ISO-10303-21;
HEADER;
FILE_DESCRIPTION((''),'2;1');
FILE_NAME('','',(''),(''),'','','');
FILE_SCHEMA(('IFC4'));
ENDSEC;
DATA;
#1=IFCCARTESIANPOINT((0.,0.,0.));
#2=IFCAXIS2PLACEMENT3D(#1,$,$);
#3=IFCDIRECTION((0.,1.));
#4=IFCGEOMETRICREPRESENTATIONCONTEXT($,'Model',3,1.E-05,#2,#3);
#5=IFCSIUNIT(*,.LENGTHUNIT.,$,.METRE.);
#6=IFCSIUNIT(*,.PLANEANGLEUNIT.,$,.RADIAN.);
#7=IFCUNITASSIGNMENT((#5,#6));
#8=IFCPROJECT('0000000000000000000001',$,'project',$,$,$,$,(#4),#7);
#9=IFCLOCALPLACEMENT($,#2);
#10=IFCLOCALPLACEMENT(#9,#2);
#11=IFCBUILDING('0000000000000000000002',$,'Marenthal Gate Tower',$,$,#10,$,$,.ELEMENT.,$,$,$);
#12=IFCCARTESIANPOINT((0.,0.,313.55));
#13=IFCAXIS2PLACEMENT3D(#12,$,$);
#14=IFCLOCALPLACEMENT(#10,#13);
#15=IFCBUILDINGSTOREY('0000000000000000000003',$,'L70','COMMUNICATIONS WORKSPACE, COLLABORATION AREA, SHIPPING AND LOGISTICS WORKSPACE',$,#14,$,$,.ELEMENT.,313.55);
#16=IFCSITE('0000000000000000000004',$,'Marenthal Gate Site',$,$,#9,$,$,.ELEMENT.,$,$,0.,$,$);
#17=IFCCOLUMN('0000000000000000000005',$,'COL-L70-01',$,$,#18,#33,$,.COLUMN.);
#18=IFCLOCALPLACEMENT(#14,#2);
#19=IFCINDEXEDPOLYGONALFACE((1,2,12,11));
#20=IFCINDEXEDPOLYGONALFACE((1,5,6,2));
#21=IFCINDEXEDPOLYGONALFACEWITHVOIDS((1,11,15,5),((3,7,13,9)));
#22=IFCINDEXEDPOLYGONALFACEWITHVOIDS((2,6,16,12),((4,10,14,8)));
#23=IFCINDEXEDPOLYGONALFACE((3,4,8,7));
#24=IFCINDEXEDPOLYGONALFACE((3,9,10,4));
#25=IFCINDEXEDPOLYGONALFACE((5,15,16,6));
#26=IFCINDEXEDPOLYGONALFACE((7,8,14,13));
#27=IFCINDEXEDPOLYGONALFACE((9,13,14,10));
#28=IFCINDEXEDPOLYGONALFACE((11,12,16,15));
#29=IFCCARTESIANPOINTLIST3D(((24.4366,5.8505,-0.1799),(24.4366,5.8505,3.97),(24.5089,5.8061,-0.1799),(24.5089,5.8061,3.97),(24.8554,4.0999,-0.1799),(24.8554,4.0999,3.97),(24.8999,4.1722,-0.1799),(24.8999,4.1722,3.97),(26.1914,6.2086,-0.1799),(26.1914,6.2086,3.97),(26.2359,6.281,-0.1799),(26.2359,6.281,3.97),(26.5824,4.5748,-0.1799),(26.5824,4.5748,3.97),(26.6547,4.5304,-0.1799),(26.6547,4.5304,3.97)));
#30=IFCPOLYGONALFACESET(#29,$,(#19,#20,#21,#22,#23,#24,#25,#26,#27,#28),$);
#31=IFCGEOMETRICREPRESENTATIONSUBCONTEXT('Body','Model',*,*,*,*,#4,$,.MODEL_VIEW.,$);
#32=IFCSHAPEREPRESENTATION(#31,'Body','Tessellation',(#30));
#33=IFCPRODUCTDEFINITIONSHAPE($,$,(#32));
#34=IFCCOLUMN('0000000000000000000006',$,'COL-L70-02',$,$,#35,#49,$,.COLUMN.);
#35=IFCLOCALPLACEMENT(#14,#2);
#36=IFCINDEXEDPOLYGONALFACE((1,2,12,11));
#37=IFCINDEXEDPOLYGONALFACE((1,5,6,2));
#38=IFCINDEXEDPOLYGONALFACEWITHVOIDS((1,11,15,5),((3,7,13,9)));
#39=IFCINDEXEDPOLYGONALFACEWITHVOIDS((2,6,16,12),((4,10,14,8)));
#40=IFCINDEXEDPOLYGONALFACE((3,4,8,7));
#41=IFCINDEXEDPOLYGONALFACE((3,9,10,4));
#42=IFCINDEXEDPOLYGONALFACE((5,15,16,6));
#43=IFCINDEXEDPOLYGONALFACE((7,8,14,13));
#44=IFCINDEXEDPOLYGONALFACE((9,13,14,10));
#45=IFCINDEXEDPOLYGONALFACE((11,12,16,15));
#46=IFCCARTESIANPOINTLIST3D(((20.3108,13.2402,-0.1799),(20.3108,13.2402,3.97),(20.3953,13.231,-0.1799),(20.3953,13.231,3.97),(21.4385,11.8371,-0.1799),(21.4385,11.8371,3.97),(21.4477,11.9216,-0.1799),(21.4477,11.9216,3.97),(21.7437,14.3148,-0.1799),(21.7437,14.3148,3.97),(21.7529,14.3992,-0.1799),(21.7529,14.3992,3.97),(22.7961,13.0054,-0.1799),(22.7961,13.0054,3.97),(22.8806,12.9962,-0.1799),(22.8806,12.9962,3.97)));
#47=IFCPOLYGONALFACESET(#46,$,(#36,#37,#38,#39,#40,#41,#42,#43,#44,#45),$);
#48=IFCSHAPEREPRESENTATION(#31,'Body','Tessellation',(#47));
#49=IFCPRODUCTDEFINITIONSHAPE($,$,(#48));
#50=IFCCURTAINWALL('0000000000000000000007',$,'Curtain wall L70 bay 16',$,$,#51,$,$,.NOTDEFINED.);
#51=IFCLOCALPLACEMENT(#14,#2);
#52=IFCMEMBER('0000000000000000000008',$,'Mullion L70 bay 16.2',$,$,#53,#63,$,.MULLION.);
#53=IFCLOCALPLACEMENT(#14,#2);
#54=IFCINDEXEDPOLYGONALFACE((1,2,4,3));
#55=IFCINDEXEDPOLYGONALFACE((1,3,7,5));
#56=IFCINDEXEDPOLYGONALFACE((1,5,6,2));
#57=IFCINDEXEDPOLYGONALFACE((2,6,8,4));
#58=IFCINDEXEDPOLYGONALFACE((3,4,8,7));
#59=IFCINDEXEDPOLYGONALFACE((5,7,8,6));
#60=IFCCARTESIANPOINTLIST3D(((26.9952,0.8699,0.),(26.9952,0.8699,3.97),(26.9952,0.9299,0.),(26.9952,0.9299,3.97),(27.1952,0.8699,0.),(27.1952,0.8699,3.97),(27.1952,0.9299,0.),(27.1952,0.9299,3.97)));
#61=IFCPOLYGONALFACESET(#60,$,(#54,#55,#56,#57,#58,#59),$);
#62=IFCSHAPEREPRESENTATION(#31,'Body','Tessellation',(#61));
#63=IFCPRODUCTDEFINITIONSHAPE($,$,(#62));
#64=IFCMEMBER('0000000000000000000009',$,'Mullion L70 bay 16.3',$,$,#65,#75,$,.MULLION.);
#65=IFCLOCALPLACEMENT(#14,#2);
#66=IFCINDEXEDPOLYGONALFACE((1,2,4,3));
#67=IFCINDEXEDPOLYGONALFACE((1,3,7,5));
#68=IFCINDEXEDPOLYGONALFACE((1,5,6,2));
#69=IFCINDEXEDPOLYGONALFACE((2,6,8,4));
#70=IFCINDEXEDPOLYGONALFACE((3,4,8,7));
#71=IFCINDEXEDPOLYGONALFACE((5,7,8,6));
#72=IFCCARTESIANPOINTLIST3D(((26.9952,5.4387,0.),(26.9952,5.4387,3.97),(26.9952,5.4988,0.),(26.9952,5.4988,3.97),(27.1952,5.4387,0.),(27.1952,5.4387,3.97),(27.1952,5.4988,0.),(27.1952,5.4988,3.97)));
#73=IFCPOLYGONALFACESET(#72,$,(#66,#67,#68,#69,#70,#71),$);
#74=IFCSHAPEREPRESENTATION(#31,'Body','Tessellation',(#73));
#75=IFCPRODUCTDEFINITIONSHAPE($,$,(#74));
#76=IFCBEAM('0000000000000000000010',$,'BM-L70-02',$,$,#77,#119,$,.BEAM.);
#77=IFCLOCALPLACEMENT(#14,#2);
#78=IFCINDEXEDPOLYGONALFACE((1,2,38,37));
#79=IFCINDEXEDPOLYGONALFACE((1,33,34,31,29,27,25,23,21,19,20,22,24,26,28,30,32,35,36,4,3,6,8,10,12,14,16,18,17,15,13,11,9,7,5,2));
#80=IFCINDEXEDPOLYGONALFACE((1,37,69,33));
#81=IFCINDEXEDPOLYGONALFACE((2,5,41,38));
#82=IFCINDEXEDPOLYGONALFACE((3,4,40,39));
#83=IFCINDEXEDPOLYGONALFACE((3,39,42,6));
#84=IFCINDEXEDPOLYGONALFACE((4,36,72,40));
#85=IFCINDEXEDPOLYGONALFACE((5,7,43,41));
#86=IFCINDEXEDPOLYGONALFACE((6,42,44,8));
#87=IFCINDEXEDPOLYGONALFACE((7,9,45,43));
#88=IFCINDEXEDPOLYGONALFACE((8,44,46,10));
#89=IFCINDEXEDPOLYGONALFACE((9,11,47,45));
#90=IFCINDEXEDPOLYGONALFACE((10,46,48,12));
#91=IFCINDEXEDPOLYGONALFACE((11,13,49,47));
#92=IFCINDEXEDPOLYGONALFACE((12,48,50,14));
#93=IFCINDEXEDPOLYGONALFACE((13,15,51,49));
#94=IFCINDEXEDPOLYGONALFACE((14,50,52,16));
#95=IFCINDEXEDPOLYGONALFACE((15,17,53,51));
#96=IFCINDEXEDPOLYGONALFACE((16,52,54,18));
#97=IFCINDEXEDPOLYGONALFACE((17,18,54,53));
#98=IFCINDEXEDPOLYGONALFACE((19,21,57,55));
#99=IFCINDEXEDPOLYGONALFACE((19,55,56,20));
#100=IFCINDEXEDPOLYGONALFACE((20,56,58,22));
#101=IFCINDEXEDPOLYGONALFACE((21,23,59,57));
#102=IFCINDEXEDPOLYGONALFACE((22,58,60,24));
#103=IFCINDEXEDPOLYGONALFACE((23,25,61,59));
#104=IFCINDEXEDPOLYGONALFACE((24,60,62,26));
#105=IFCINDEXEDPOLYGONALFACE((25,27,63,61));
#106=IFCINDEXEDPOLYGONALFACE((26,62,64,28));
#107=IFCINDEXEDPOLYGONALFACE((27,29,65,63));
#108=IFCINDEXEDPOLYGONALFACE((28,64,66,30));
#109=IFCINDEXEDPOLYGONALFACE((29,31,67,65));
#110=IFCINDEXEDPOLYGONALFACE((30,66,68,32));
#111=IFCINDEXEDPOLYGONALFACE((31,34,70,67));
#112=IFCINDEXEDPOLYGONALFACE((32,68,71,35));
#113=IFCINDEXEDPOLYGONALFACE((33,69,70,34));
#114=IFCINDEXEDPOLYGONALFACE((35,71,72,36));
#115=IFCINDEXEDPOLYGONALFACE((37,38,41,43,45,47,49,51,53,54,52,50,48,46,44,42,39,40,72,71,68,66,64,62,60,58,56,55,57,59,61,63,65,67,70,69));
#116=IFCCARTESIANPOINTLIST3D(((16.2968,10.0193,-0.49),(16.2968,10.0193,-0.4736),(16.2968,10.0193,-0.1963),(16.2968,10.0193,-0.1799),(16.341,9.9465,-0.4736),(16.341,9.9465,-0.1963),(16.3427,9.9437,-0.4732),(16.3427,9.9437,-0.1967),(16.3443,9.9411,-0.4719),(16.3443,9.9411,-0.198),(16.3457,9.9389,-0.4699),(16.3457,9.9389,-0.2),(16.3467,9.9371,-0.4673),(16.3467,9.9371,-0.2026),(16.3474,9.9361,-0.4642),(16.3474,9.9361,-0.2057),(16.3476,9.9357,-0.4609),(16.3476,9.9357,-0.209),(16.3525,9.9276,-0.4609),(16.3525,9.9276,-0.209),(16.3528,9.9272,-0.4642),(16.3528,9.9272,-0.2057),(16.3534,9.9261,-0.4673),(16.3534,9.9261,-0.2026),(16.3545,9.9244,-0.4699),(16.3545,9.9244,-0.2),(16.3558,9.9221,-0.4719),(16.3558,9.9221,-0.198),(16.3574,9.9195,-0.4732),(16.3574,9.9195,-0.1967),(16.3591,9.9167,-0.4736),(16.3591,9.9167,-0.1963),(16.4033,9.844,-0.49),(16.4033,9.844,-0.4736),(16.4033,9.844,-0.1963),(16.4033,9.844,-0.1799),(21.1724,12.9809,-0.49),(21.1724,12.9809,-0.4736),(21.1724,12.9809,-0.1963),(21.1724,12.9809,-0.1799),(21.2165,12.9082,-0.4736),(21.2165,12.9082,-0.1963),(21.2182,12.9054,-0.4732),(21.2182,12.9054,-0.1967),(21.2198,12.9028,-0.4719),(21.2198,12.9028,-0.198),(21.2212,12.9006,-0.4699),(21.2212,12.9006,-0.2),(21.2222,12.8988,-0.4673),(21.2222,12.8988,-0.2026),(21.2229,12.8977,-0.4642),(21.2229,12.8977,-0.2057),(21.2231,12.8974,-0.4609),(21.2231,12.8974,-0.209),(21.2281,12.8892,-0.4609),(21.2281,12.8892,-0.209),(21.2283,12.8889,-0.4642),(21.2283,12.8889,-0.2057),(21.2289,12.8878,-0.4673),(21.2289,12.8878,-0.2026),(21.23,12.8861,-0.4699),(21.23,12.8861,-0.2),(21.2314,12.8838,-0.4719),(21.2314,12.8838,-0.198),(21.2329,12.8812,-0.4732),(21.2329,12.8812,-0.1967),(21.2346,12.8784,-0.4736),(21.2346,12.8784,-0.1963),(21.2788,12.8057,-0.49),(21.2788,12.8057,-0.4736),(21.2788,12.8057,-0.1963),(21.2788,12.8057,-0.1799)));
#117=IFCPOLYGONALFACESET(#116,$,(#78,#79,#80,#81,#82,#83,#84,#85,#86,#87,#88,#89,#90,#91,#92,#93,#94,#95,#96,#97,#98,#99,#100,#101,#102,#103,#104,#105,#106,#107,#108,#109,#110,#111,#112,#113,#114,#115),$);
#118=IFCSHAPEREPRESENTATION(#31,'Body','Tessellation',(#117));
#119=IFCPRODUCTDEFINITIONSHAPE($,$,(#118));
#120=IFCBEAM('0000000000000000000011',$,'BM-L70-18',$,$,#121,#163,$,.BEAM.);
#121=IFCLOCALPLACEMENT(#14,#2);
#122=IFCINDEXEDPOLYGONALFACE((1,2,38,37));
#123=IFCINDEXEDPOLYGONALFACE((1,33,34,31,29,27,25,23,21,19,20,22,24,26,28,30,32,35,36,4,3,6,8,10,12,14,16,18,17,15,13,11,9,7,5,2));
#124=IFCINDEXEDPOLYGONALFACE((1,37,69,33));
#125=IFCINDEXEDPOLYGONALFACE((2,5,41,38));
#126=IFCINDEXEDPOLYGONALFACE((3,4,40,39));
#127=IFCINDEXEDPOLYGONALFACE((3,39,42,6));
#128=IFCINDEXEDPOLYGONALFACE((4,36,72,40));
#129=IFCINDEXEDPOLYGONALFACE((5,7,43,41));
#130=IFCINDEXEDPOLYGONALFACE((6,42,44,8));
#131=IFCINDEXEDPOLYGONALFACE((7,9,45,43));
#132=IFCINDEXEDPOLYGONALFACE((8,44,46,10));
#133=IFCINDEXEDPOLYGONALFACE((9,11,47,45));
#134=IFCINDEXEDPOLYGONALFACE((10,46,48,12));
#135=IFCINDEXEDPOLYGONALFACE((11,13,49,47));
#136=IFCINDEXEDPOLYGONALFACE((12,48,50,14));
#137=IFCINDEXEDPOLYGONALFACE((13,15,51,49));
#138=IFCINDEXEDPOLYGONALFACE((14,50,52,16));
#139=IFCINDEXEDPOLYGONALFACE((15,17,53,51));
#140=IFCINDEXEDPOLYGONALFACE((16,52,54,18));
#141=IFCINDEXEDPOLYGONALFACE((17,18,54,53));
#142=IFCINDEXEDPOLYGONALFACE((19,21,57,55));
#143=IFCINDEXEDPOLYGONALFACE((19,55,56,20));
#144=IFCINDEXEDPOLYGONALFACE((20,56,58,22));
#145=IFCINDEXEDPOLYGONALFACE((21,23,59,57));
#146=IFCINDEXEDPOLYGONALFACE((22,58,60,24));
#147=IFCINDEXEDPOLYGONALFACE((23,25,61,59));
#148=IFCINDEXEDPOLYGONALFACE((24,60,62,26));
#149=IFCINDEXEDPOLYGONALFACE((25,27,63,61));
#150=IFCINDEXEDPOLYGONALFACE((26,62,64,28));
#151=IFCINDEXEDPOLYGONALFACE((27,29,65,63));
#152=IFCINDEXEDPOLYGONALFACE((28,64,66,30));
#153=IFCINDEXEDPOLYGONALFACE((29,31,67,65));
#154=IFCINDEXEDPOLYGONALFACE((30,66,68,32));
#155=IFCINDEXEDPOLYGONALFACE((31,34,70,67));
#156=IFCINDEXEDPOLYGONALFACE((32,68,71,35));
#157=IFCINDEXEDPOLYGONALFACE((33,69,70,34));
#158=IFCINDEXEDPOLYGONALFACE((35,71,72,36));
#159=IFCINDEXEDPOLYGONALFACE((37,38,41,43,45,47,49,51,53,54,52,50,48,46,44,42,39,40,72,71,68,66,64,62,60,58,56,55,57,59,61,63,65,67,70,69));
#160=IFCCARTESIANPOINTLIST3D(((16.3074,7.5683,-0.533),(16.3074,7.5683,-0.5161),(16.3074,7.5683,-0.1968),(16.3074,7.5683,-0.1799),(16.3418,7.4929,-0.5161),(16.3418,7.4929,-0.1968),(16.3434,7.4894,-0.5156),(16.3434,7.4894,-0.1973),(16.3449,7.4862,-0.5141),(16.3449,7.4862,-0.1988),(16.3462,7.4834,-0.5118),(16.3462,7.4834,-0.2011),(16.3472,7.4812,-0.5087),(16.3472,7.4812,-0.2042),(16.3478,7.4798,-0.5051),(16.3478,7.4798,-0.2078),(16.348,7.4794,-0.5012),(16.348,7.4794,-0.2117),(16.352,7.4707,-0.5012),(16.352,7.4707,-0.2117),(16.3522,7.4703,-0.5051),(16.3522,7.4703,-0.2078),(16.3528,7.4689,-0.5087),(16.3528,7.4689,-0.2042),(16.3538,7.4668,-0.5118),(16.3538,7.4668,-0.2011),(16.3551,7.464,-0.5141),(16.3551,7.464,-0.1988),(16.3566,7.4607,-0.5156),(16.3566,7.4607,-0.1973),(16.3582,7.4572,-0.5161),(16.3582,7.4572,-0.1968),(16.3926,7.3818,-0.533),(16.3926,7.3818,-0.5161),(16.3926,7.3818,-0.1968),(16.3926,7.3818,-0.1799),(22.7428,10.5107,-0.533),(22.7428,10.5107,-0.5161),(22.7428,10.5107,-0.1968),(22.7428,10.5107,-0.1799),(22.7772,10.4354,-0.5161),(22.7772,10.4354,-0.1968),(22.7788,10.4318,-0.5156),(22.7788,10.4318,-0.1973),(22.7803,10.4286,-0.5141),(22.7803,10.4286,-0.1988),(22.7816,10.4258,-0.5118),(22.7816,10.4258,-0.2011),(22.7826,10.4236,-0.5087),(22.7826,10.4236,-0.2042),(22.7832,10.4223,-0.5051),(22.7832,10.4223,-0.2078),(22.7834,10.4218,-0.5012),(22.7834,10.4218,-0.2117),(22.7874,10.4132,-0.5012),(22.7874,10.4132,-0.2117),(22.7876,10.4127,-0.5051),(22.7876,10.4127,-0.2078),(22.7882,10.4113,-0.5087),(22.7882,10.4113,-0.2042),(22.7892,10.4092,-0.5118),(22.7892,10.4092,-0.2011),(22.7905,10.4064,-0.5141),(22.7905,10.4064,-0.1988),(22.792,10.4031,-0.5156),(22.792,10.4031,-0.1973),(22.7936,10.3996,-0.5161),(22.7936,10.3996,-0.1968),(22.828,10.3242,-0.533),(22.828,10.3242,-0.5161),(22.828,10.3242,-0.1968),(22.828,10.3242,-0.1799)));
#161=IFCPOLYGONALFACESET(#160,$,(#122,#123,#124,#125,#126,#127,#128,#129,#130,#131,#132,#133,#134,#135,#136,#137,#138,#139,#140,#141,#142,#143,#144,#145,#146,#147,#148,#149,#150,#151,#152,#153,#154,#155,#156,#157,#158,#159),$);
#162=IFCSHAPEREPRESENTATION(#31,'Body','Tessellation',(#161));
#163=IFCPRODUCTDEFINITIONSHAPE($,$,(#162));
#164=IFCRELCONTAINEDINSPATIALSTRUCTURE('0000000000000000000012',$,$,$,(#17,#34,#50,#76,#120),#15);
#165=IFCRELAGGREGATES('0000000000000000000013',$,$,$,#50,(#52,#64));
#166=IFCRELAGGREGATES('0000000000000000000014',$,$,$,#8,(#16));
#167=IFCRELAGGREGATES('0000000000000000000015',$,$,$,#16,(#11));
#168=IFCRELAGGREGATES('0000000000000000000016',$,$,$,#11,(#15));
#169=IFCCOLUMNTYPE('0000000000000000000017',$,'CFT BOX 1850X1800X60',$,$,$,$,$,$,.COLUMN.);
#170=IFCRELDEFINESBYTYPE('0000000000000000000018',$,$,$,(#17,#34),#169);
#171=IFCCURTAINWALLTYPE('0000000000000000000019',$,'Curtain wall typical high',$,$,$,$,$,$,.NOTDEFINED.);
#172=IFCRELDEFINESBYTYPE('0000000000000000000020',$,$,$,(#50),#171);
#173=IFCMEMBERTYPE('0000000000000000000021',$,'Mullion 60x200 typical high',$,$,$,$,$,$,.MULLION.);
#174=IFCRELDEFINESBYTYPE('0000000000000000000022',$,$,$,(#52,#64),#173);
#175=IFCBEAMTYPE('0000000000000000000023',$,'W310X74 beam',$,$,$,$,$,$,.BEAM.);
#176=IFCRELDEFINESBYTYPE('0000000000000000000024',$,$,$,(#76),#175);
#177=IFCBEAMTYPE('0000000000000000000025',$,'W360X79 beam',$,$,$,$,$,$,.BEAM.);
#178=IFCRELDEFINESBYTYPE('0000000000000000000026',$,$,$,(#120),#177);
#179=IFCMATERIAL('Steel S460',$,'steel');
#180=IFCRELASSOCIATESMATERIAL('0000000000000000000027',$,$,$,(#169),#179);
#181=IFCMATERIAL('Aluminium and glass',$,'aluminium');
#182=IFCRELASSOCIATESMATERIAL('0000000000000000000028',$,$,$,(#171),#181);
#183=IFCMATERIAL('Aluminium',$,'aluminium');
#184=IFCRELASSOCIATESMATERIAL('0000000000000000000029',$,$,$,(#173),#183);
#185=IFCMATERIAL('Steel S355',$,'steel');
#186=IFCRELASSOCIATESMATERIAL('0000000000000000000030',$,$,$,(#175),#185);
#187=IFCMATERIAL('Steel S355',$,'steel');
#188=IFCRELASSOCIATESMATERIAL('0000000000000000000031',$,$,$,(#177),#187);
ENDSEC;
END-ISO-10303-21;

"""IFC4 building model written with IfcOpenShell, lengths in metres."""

from ifc_helpers import new_model, si_unit, direction, frame, origin, origin_2d, place, context, subcontext, project, spatial, rectangle, hollow_rectangle, i_section, extrude, material, material_profile, profile_set, type_object, element, aggregate, save


model = new_model("IFC4")

# Units and contexts
model_context = context("Model", 3, precision=1e-05, world=origin(), true_north=direction((0.0, 1.0)))
body_context = subcontext(model_context, "Body", "Model", "MODEL_VIEW")
ifc_project = project(units=[si_unit("LENGTHUNIT", "METRE"), si_unit("PLANEANGLEUNIT", "RADIAN")], contexts=[model_context])

# Site, building, storey
site_placement = place(None, origin())
site = spatial("IfcSite", under=ifc_project, at=site_placement, Name="Marenthal Gate Site", CompositionType="ELEMENT", RefElevation=0.0)
building_placement = place(site_placement, origin())
building = spatial("IfcBuilding", under=site, at=building_placement, Name="Marenthal Gate Tower", CompositionType="ELEMENT")
storey_placement = place(building_placement, frame((0.0, 0.0, 313.55)))
storey = spatial("IfcBuildingStorey", under=building, at=storey_placement, Name="L70", Description="COMMUNICATIONS WORKSPACE, COLLABORATION AREA, SHIPPING AND LOGISTICS WORKSPACE", CompositionType="ELEMENT", Elevation=313.55)

# Columns
ifc_material_1 = material(Name="Steel S460", Category="steel")
ifc_material_profile_1 = material_profile(ifc_material_1, hollow_rectangle(XDim=1.8, YDim=1.8501, WallThickness=0.0601, at=origin_2d()), Name="CFT BOX 1850X1800X60")
ifc_material_2 = material(Name="Concrete 70 MPa", Category="concrete")
ifc_material_profile_2 = material_profile(ifc_material_2, rectangle(XDim=1.6799, YDim=1.73, at=origin_2d()), Name="CFT BOX 1850X1800X60 INFILL")
ifc_profile_set_1 = profile_set([ifc_material_profile_1, ifc_material_profile_2], Name="Steel S460 shell, Concrete 70 MPa infill")
column_type = type_object("IfcColumnType", Name="CFT BOX 1850X1800X60", PredefinedType="COLUMN", material=ifc_profile_set_1)
for number, where, z_axis, x_axis, name in (
    (1, (25.5457, 5.1904, -0.1799), (0.0, 0.0, 1.0), (0.232702, -0.972548, 0.0), "COL-L70-01"),
    (2, (21.5957, 13.1182, -0.1799), (0.0, 0.0, 1.0), (0.626475, -0.779442, 0.0), "COL-L70-02"),
):
    element("IfcColumn", number, at=place(storey_placement, frame(where, z_axis=z_axis, x_axis=x_axis)), inside=storey, type_object=column_type, Name=name, PredefinedType="COLUMN", context=body_context, shape_type="SweptSolid", body=[
        extrude(hollow_rectangle(XDim=1.8, YDim=1.8501, WallThickness=0.0601, at=origin_2d()), origin(), (0.0, 0.0, 1.0), 4.1499),
    ])

# Curtain wall, members
ifc_material_3 = material(Name="Aluminium and glass", Category="aluminium")
curtain_wall_type = type_object("IfcCurtainWallType", Name="Curtain wall typical high", PredefinedType="NOTDEFINED", material=ifc_material_3)
curtain_wall_placement = place(storey_placement, origin())
curtain_wall = element("IfcCurtainWall", 3, at=curtain_wall_placement, inside=storey, type_object=curtain_wall_type, Name="Curtain wall L70 bay 16", PredefinedType="NOTDEFINED")
ifc_material_4 = material(Name="Aluminium", Category="aluminium")
ifc_material_profile_3 = material_profile(ifc_material_4, rectangle(XDim=0.2, YDim=0.0601, at=origin_2d()), Name="60x200 aluminium mullion")
ifc_profile_set_2 = profile_set([ifc_material_profile_3], Name="Aluminium")
member_type = type_object("IfcMemberType", Name="Mullion 60x200 typical high", PredefinedType="MULLION", material=ifc_profile_set_2)
member_1_placement = place(storey_placement, frame((27.0952, 0.8999, 0.0), z_axis=(0.0, 0.0, 1.0), x_axis=(-1.0, 0.0, 0.0)))
member_1 = element("IfcMember", 4, at=member_1_placement, type_object=member_type, Name="Mullion L70 bay 16.2", PredefinedType="MULLION", context=body_context, shape_type="SweptSolid", body=[
    extrude(rectangle(XDim=0.2, YDim=0.0601, at=origin_2d()), origin(), (0.0, 0.0, 1.0), 3.97),
])
member_2_placement = place(storey_placement, frame((27.0952, 5.4688, 0.0), z_axis=(0.0, 0.0, 1.0), x_axis=(-1.0, 0.0, 0.0)))
member_2 = element("IfcMember", 5, at=member_2_placement, type_object=member_type, Name="Mullion L70 bay 16.3", PredefinedType="MULLION", context=body_context, shape_type="SweptSolid", body=[
    extrude(rectangle(XDim=0.2, YDim=0.0601, at=origin_2d()), origin(), (0.0, 0.0, 1.0), 3.97),
])

# Beams
ifc_material_5 = material(Name="Steel S355", Category="steel")
ifc_material_profile_4 = material_profile(ifc_material_5, i_section(OverallWidth=0.2051, OverallDepth=0.3101, WebThickness=0.0095, FlangeThickness=0.0164, FilletRadius=0.0127, at=origin_2d()), Name="W310X74")
ifc_profile_set_3 = profile_set([ifc_material_profile_4], Name="Steel S355")
beam_type_1 = type_object("IfcBeamType", Name="W310X74 beam", PredefinedType="BEAM", material=ifc_profile_set_3)
beam_1_placement = place(storey_placement, frame((21.2256, 12.8933, -0.335), z_axis=(-0.854667, -0.519177, 0.0), x_axis=(0.519177, -0.854667, 0.0)))
element("IfcBeam", 6, at=beam_1_placement, inside=storey, type_object=beam_type_1, Name="BM-L70-02", PredefinedType="BEAM", context=body_context, shape_type="SweptSolid", body=[
    extrude(i_section(OverallWidth=0.2051, OverallDepth=0.3101, WebThickness=0.0095, FlangeThickness=0.0164, FilletRadius=0.0127, at=origin_2d()), origin(), (0.0, 0.0, 1.0), 5.7046),
])
ifc_material_6 = material(Name="Steel S355", Category="steel")
ifc_material_profile_5 = material_profile(ifc_material_6, i_section(OverallWidth=0.2051, OverallDepth=0.353, WebThickness=0.0095, FlangeThickness=0.0168, FilletRadius=0.0149, at=origin_2d()), Name="W360X79")
ifc_profile_set_4 = profile_set([ifc_material_profile_5], Name="Steel S355")
beam_type_2 = type_object("IfcBeamType", Name="W360X79 beam", PredefinedType="BEAM", material=ifc_profile_set_4)
beam_2_placement = place(storey_placement, frame((22.7854, 10.4175, -0.3564), z_axis=(-0.909446, -0.415822, 0.0), x_axis=(0.415822, -0.909446, 0.0)))
element("IfcBeam", 7, at=beam_2_placement, inside=storey, type_object=beam_type_2, Name="BM-L70-18", PredefinedType="BEAM", context=body_context, shape_type="SweptSolid", body=[
    extrude(i_section(OverallWidth=0.2051, OverallDepth=0.353, WebThickness=0.0095, FlangeThickness=0.0168, FilletRadius=0.0149, at=origin_2d()), origin(), (0.0, 0.0, 1.0), 7.0762),
])

aggregate(curtain_wall, [member_1, member_2])

save(model, "model.ifc")
